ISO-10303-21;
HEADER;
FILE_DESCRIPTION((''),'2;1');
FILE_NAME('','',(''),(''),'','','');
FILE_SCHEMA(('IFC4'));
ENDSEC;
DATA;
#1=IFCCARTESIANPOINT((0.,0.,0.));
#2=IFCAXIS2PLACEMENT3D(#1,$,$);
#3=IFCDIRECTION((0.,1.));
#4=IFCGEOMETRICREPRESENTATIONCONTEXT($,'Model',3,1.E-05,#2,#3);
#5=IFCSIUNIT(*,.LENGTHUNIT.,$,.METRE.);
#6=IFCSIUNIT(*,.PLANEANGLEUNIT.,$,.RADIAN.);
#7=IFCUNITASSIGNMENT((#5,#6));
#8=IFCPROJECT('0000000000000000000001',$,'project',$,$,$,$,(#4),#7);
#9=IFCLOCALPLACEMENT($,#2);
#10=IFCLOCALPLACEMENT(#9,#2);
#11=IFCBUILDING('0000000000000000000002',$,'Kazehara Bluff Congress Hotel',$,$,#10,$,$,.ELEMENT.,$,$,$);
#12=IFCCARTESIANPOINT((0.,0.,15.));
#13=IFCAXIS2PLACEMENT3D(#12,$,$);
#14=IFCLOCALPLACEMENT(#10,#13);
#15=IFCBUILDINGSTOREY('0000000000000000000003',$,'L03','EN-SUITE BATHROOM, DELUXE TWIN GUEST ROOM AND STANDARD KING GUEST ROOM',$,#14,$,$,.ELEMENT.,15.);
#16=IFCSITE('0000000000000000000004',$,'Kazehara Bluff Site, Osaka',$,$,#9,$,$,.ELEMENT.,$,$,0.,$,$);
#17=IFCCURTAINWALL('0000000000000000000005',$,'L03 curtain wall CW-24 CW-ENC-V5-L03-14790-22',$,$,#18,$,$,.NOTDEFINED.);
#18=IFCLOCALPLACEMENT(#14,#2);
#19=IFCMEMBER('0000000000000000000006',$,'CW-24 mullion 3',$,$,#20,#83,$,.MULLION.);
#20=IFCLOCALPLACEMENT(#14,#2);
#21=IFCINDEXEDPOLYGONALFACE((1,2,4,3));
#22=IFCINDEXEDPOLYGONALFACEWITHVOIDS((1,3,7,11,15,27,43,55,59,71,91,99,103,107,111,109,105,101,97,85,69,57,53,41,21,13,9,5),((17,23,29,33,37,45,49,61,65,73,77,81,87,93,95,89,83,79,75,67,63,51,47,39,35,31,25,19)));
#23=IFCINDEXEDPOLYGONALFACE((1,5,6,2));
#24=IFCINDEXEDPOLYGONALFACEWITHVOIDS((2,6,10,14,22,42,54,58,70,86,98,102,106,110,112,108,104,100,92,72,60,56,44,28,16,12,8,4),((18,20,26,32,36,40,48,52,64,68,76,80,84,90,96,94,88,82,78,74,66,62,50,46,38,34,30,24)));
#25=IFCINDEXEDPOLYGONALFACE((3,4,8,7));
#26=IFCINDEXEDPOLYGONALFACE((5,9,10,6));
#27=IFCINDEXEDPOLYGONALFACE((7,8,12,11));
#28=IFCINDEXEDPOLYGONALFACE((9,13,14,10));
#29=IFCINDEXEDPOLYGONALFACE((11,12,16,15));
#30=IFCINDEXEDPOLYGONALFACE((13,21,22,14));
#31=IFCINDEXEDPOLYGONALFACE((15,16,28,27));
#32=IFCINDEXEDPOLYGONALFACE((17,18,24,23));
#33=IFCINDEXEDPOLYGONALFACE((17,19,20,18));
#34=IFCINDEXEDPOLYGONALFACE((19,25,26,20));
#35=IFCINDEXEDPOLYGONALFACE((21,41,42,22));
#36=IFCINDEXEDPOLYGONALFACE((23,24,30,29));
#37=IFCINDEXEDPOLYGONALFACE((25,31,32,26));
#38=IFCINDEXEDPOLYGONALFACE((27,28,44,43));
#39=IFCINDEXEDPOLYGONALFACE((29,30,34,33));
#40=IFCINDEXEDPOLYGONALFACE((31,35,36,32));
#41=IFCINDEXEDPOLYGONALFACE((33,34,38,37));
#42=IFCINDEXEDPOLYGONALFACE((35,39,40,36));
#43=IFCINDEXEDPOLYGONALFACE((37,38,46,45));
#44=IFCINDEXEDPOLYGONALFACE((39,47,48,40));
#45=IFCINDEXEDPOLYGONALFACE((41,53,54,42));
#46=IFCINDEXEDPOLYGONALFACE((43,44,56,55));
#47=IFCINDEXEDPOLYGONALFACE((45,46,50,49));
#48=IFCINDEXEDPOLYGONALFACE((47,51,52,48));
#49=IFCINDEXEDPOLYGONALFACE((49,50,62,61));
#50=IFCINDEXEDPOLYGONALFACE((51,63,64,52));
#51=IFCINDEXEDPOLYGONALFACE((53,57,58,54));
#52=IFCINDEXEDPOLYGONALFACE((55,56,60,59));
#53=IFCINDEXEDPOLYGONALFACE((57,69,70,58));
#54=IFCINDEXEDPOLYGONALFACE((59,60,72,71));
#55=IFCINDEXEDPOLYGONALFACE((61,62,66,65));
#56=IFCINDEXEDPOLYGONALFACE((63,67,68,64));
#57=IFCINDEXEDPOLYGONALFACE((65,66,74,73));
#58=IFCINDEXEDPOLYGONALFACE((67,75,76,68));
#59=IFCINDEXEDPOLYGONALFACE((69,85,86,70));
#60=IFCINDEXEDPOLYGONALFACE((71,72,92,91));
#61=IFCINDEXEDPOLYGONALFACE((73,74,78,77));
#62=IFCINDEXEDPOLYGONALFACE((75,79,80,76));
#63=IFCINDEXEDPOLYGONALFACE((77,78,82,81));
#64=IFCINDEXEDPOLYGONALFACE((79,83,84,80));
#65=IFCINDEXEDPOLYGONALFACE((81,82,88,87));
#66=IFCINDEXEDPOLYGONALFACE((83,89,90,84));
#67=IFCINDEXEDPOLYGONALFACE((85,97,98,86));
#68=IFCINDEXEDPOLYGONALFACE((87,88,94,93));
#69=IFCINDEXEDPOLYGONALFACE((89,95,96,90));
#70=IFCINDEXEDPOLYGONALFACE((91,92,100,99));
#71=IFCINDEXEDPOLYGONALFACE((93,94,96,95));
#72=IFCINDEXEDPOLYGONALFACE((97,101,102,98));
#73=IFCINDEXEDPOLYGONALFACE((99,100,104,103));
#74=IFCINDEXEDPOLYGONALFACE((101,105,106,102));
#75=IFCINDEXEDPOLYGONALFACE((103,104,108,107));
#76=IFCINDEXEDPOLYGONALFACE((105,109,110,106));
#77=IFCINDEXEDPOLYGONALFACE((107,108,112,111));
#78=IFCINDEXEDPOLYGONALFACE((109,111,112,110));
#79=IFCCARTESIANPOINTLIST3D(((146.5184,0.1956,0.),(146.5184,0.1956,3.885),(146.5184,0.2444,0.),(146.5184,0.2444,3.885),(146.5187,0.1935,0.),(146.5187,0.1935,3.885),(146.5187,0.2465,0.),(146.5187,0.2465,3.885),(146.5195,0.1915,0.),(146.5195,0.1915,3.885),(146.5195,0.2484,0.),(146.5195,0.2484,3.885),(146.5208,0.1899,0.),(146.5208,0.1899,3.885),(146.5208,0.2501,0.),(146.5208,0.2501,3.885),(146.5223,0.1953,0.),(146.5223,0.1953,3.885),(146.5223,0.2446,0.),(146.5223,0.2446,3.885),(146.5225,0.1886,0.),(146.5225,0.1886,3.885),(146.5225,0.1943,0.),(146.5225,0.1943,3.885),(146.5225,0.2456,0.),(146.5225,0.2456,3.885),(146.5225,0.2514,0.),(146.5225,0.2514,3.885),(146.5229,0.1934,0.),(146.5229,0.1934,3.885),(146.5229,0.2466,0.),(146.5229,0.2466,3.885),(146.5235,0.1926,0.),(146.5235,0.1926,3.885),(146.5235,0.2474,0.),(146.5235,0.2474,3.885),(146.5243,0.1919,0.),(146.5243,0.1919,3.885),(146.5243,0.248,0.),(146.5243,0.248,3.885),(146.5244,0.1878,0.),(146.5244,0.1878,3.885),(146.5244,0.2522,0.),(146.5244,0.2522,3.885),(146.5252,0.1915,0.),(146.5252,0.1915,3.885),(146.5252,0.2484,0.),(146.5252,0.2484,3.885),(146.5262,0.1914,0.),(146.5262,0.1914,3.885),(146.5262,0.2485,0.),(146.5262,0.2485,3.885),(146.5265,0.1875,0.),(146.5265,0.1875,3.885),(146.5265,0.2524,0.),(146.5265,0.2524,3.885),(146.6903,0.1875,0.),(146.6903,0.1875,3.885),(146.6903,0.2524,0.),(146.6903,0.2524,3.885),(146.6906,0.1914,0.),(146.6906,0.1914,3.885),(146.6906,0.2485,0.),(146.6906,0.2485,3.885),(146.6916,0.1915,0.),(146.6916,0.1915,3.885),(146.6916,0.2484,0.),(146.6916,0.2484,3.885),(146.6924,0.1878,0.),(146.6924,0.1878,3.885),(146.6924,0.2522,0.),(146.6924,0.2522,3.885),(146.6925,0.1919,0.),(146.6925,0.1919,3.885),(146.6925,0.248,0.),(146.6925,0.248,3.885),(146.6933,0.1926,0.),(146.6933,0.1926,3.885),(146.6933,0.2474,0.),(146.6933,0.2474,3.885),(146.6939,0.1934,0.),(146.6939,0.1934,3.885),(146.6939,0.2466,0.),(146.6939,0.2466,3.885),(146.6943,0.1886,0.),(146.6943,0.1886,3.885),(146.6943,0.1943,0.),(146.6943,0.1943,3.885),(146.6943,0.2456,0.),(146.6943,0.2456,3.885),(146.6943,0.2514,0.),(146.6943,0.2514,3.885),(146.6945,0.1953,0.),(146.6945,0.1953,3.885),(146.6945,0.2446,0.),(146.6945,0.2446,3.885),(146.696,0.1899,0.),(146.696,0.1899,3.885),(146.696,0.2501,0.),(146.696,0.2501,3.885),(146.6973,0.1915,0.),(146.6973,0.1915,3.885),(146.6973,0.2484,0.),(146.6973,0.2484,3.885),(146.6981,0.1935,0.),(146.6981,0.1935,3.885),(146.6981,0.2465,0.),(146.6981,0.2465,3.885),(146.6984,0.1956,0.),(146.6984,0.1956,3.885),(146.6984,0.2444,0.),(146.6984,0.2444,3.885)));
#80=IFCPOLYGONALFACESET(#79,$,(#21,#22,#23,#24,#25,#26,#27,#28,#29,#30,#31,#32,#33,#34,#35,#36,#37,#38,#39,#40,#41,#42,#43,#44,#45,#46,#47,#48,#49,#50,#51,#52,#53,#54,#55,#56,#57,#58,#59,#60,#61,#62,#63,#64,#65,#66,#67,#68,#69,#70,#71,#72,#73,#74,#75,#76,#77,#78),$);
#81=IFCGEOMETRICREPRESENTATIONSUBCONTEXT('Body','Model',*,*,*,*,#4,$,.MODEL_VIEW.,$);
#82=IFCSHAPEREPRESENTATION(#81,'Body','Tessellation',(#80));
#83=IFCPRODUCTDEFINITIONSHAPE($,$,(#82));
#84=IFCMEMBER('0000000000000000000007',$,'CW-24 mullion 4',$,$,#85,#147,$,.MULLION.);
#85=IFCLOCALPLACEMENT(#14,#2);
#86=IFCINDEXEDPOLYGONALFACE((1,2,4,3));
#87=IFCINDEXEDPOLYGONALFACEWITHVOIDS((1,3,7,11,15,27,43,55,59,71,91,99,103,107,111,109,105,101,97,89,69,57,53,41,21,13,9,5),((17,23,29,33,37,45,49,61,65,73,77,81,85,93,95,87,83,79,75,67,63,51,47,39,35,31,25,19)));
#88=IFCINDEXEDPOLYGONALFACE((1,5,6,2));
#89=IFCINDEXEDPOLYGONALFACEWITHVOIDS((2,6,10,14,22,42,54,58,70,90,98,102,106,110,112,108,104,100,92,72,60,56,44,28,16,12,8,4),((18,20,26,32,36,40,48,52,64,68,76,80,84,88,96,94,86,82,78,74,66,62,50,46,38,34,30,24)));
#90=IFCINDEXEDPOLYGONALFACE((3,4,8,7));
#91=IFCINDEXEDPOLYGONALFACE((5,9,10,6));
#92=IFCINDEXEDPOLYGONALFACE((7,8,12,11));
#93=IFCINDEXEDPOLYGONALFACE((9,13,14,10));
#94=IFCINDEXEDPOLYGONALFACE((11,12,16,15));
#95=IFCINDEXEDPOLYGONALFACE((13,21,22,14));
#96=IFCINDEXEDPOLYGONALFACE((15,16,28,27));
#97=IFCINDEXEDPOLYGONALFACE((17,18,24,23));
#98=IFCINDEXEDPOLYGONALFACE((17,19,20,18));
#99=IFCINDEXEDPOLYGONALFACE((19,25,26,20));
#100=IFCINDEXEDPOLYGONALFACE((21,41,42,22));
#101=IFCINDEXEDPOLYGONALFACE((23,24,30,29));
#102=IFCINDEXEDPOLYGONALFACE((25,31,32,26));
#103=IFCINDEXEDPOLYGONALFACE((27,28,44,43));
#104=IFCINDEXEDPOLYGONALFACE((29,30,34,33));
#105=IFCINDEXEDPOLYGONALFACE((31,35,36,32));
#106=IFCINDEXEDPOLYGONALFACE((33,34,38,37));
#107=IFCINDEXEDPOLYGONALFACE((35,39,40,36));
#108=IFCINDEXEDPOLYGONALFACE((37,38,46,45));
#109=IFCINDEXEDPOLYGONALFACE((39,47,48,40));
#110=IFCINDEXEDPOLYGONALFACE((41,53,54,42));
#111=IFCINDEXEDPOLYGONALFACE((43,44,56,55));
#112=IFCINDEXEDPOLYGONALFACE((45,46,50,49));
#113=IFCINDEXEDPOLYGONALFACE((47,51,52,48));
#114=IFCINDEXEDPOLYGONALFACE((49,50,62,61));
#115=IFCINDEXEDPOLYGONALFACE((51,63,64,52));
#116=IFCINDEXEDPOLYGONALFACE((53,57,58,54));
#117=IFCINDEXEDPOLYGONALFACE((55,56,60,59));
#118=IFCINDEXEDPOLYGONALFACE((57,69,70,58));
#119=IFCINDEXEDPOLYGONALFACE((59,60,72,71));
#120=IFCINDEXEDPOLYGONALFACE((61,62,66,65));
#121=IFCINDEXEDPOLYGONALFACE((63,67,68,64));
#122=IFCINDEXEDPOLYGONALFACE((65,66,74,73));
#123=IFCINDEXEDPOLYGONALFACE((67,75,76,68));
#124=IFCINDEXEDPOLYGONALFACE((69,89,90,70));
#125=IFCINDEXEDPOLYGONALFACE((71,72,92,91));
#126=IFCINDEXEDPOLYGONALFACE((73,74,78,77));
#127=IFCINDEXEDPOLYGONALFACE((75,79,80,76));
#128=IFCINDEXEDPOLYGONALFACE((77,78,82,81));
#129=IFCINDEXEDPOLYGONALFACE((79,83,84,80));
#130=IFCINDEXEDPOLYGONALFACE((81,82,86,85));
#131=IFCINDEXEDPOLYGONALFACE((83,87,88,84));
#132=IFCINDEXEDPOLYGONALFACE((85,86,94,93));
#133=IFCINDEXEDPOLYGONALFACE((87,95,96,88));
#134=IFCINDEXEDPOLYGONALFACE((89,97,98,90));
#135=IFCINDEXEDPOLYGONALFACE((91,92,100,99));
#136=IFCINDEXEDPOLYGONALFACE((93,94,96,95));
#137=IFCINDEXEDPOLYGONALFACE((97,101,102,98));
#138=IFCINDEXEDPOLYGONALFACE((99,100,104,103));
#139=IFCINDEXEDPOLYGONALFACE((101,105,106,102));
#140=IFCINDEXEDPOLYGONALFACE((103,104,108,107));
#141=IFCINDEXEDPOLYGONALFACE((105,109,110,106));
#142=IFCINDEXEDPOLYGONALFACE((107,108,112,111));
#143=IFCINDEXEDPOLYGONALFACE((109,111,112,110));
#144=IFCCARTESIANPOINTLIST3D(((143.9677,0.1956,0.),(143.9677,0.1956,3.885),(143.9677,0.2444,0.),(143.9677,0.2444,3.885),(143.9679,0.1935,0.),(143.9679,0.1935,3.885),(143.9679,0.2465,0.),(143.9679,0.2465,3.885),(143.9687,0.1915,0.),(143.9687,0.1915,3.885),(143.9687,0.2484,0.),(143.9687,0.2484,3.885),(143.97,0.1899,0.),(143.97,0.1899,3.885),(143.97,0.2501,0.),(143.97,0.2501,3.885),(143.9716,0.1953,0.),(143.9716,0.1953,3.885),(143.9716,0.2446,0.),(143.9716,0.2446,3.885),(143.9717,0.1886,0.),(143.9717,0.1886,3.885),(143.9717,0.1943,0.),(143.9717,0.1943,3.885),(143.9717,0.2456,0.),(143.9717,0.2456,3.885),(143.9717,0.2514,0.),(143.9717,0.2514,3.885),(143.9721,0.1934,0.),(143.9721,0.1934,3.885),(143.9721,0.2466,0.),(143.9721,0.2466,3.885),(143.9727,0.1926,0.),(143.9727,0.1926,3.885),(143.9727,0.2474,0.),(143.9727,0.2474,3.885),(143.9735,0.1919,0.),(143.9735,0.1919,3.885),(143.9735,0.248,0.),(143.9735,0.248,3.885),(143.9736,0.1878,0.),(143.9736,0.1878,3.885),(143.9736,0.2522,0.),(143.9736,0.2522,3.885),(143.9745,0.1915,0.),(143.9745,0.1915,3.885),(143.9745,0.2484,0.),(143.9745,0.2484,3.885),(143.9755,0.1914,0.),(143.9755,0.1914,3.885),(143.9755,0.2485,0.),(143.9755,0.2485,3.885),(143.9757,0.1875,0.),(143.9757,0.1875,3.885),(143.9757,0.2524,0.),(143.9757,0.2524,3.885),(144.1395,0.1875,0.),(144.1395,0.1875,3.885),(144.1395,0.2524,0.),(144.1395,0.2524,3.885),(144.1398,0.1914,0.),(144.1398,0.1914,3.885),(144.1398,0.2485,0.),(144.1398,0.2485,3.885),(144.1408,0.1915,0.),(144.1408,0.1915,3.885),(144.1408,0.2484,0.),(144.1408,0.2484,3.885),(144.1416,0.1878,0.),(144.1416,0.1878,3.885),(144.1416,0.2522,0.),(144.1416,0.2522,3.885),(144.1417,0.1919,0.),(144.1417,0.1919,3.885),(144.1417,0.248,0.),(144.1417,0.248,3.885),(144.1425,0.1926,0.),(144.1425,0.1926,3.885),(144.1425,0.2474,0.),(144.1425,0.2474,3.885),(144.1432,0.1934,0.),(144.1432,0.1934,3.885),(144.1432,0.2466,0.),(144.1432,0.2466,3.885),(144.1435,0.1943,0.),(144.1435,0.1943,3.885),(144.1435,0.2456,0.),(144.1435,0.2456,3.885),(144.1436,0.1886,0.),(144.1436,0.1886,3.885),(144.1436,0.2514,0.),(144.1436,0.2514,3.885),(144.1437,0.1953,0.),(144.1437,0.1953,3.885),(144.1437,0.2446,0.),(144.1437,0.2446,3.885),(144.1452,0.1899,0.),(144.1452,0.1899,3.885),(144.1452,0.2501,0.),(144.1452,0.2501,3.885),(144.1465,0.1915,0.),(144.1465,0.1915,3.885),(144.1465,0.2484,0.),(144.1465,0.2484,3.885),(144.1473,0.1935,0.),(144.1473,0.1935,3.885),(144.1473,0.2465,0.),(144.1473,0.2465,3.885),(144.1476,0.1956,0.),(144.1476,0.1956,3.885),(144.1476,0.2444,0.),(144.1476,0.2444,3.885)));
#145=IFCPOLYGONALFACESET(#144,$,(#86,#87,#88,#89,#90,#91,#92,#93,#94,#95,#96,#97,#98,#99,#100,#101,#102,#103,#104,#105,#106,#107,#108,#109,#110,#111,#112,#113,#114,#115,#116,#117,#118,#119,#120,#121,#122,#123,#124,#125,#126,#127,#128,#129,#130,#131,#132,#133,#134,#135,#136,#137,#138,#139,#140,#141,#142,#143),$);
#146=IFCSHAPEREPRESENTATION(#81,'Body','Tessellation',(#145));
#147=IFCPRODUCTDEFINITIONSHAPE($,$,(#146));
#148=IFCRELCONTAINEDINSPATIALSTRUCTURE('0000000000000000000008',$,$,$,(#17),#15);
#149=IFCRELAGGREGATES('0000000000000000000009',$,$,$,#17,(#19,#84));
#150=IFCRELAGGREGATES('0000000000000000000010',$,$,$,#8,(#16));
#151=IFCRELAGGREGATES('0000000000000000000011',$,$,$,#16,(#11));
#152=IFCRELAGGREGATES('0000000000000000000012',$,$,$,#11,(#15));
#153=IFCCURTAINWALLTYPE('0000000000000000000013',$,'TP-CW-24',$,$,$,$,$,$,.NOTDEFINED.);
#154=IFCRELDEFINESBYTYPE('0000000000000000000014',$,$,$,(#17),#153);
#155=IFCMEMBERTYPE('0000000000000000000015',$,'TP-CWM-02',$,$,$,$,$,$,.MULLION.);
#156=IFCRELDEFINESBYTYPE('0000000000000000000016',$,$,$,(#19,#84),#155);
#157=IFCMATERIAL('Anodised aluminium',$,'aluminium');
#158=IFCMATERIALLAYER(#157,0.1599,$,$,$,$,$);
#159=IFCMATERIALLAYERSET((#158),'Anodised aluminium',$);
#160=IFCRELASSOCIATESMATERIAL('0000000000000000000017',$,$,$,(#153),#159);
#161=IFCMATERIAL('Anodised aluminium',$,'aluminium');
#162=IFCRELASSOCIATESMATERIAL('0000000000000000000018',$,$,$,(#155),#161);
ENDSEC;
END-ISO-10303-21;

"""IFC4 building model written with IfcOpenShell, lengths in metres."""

from ifc_helpers import new_model, si_unit, direction, frame, origin, origin_2d, place, context, subcontext, project, spatial, hollow_rectangle, extrude, material, layer, layer_set, material_profile, profile_set, type_object, element, aggregate, save


model = new_model("IFC4")

# Units and contexts
model_context = context("Model", 3, precision=1e-05, world=origin(), true_north=direction((0.0, 1.0)))
body_context = subcontext(model_context, "Body", "Model", "MODEL_VIEW")
ifc_project = project(units=[si_unit("LENGTHUNIT", "METRE"), si_unit("PLANEANGLEUNIT", "RADIAN")], contexts=[model_context])

# Site, building, storey
site_placement = place(None, origin())
site = spatial("IfcSite", under=ifc_project, at=site_placement, Name="Kazehara Bluff Site, Osaka", CompositionType="ELEMENT", RefElevation=0.0)
building_placement = place(site_placement, origin())
building = spatial("IfcBuilding", under=site, at=building_placement, Name="Kazehara Bluff Congress Hotel", CompositionType="ELEMENT")
storey_placement = place(building_placement, frame((0.0, 0.0, 15.0)))
storey = spatial("IfcBuildingStorey", under=building, at=storey_placement, Name="L03", Description="EN-SUITE BATHROOM, DELUXE TWIN GUEST ROOM AND STANDARD KING GUEST ROOM", CompositionType="ELEMENT", Elevation=15.0)

# Curtain wall, members
ifc_material_1 = material(Name="Anodised aluminium", Category="aluminium")
ifc_layer_1 = layer(ifc_material_1, 0.1599)
ifc_layer_set_1 = layer_set([ifc_layer_1], Name="Anodised aluminium")
curtain_wall_type_1 = type_object("IfcCurtainWallType", Name="TP-CW-24", PredefinedType="NOTDEFINED", material=ifc_layer_set_1)
curtain_wall_1_placement = place(storey_placement, origin())
curtain_wall_1 = element("IfcCurtainWall", 1, at=curtain_wall_1_placement, inside=storey, type_object=curtain_wall_type_1, Name="L03 curtain wall CW-24 CW-ENC-V5-L03-14790-22", PredefinedType="NOTDEFINED")
ifc_material_2 = material(Name="Anodised aluminium", Category="aluminium")
ifc_material_profile_1 = material_profile(ifc_material_2, hollow_rectangle(XDim=0.0649, YDim=0.1799, WallThickness=0.0039, InnerFilletRadius=0.0039, OuterFilletRadius=0.0081, at=origin_2d()))
ifc_profile_set_1 = profile_set([ifc_material_profile_1], Name="Anodised aluminium")
member_type_1 = type_object("IfcMemberType", Name="TP-CWM-02", PredefinedType="MULLION", material=ifc_profile_set_1)
member_1_placement = place(storey_placement, frame((146.6084, 0.22, 0.0), z_axis=(0.0, 0.0, 1.0), x_axis=(0.0, -1.0, 0.0)))
member_1 = element("IfcMember", 2, at=member_1_placement, type_object=member_type_1, Name="CW-24 mullion 3", PredefinedType="MULLION", context=body_context, shape_type="SweptSolid", body=[
    extrude(hollow_rectangle(XDim=0.0649, YDim=0.1799, WallThickness=0.0039, InnerFilletRadius=0.0039, OuterFilletRadius=0.0081, at=origin_2d()), origin(), (0.0, 0.0, 1.0), 3.885),
])
member_2_placement = place(storey_placement, frame((144.0576, 0.22, 0.0), z_axis=(0.0, 0.0, 1.0), x_axis=(0.0, -1.0, 0.0)))
member_2 = element("IfcMember", 3, at=member_2_placement, type_object=member_type_1, Name="CW-24 mullion 4", PredefinedType="MULLION", context=body_context, shape_type="SweptSolid", body=[
    extrude(hollow_rectangle(XDim=0.0649, YDim=0.1799, WallThickness=0.0039, InnerFilletRadius=0.0039, OuterFilletRadius=0.0081, at=origin_2d()), origin(), (0.0, 0.0, 1.0), 3.885),
])

aggregate(curtain_wall_1, [member_1, member_2])

save(model, "model.ifc")
